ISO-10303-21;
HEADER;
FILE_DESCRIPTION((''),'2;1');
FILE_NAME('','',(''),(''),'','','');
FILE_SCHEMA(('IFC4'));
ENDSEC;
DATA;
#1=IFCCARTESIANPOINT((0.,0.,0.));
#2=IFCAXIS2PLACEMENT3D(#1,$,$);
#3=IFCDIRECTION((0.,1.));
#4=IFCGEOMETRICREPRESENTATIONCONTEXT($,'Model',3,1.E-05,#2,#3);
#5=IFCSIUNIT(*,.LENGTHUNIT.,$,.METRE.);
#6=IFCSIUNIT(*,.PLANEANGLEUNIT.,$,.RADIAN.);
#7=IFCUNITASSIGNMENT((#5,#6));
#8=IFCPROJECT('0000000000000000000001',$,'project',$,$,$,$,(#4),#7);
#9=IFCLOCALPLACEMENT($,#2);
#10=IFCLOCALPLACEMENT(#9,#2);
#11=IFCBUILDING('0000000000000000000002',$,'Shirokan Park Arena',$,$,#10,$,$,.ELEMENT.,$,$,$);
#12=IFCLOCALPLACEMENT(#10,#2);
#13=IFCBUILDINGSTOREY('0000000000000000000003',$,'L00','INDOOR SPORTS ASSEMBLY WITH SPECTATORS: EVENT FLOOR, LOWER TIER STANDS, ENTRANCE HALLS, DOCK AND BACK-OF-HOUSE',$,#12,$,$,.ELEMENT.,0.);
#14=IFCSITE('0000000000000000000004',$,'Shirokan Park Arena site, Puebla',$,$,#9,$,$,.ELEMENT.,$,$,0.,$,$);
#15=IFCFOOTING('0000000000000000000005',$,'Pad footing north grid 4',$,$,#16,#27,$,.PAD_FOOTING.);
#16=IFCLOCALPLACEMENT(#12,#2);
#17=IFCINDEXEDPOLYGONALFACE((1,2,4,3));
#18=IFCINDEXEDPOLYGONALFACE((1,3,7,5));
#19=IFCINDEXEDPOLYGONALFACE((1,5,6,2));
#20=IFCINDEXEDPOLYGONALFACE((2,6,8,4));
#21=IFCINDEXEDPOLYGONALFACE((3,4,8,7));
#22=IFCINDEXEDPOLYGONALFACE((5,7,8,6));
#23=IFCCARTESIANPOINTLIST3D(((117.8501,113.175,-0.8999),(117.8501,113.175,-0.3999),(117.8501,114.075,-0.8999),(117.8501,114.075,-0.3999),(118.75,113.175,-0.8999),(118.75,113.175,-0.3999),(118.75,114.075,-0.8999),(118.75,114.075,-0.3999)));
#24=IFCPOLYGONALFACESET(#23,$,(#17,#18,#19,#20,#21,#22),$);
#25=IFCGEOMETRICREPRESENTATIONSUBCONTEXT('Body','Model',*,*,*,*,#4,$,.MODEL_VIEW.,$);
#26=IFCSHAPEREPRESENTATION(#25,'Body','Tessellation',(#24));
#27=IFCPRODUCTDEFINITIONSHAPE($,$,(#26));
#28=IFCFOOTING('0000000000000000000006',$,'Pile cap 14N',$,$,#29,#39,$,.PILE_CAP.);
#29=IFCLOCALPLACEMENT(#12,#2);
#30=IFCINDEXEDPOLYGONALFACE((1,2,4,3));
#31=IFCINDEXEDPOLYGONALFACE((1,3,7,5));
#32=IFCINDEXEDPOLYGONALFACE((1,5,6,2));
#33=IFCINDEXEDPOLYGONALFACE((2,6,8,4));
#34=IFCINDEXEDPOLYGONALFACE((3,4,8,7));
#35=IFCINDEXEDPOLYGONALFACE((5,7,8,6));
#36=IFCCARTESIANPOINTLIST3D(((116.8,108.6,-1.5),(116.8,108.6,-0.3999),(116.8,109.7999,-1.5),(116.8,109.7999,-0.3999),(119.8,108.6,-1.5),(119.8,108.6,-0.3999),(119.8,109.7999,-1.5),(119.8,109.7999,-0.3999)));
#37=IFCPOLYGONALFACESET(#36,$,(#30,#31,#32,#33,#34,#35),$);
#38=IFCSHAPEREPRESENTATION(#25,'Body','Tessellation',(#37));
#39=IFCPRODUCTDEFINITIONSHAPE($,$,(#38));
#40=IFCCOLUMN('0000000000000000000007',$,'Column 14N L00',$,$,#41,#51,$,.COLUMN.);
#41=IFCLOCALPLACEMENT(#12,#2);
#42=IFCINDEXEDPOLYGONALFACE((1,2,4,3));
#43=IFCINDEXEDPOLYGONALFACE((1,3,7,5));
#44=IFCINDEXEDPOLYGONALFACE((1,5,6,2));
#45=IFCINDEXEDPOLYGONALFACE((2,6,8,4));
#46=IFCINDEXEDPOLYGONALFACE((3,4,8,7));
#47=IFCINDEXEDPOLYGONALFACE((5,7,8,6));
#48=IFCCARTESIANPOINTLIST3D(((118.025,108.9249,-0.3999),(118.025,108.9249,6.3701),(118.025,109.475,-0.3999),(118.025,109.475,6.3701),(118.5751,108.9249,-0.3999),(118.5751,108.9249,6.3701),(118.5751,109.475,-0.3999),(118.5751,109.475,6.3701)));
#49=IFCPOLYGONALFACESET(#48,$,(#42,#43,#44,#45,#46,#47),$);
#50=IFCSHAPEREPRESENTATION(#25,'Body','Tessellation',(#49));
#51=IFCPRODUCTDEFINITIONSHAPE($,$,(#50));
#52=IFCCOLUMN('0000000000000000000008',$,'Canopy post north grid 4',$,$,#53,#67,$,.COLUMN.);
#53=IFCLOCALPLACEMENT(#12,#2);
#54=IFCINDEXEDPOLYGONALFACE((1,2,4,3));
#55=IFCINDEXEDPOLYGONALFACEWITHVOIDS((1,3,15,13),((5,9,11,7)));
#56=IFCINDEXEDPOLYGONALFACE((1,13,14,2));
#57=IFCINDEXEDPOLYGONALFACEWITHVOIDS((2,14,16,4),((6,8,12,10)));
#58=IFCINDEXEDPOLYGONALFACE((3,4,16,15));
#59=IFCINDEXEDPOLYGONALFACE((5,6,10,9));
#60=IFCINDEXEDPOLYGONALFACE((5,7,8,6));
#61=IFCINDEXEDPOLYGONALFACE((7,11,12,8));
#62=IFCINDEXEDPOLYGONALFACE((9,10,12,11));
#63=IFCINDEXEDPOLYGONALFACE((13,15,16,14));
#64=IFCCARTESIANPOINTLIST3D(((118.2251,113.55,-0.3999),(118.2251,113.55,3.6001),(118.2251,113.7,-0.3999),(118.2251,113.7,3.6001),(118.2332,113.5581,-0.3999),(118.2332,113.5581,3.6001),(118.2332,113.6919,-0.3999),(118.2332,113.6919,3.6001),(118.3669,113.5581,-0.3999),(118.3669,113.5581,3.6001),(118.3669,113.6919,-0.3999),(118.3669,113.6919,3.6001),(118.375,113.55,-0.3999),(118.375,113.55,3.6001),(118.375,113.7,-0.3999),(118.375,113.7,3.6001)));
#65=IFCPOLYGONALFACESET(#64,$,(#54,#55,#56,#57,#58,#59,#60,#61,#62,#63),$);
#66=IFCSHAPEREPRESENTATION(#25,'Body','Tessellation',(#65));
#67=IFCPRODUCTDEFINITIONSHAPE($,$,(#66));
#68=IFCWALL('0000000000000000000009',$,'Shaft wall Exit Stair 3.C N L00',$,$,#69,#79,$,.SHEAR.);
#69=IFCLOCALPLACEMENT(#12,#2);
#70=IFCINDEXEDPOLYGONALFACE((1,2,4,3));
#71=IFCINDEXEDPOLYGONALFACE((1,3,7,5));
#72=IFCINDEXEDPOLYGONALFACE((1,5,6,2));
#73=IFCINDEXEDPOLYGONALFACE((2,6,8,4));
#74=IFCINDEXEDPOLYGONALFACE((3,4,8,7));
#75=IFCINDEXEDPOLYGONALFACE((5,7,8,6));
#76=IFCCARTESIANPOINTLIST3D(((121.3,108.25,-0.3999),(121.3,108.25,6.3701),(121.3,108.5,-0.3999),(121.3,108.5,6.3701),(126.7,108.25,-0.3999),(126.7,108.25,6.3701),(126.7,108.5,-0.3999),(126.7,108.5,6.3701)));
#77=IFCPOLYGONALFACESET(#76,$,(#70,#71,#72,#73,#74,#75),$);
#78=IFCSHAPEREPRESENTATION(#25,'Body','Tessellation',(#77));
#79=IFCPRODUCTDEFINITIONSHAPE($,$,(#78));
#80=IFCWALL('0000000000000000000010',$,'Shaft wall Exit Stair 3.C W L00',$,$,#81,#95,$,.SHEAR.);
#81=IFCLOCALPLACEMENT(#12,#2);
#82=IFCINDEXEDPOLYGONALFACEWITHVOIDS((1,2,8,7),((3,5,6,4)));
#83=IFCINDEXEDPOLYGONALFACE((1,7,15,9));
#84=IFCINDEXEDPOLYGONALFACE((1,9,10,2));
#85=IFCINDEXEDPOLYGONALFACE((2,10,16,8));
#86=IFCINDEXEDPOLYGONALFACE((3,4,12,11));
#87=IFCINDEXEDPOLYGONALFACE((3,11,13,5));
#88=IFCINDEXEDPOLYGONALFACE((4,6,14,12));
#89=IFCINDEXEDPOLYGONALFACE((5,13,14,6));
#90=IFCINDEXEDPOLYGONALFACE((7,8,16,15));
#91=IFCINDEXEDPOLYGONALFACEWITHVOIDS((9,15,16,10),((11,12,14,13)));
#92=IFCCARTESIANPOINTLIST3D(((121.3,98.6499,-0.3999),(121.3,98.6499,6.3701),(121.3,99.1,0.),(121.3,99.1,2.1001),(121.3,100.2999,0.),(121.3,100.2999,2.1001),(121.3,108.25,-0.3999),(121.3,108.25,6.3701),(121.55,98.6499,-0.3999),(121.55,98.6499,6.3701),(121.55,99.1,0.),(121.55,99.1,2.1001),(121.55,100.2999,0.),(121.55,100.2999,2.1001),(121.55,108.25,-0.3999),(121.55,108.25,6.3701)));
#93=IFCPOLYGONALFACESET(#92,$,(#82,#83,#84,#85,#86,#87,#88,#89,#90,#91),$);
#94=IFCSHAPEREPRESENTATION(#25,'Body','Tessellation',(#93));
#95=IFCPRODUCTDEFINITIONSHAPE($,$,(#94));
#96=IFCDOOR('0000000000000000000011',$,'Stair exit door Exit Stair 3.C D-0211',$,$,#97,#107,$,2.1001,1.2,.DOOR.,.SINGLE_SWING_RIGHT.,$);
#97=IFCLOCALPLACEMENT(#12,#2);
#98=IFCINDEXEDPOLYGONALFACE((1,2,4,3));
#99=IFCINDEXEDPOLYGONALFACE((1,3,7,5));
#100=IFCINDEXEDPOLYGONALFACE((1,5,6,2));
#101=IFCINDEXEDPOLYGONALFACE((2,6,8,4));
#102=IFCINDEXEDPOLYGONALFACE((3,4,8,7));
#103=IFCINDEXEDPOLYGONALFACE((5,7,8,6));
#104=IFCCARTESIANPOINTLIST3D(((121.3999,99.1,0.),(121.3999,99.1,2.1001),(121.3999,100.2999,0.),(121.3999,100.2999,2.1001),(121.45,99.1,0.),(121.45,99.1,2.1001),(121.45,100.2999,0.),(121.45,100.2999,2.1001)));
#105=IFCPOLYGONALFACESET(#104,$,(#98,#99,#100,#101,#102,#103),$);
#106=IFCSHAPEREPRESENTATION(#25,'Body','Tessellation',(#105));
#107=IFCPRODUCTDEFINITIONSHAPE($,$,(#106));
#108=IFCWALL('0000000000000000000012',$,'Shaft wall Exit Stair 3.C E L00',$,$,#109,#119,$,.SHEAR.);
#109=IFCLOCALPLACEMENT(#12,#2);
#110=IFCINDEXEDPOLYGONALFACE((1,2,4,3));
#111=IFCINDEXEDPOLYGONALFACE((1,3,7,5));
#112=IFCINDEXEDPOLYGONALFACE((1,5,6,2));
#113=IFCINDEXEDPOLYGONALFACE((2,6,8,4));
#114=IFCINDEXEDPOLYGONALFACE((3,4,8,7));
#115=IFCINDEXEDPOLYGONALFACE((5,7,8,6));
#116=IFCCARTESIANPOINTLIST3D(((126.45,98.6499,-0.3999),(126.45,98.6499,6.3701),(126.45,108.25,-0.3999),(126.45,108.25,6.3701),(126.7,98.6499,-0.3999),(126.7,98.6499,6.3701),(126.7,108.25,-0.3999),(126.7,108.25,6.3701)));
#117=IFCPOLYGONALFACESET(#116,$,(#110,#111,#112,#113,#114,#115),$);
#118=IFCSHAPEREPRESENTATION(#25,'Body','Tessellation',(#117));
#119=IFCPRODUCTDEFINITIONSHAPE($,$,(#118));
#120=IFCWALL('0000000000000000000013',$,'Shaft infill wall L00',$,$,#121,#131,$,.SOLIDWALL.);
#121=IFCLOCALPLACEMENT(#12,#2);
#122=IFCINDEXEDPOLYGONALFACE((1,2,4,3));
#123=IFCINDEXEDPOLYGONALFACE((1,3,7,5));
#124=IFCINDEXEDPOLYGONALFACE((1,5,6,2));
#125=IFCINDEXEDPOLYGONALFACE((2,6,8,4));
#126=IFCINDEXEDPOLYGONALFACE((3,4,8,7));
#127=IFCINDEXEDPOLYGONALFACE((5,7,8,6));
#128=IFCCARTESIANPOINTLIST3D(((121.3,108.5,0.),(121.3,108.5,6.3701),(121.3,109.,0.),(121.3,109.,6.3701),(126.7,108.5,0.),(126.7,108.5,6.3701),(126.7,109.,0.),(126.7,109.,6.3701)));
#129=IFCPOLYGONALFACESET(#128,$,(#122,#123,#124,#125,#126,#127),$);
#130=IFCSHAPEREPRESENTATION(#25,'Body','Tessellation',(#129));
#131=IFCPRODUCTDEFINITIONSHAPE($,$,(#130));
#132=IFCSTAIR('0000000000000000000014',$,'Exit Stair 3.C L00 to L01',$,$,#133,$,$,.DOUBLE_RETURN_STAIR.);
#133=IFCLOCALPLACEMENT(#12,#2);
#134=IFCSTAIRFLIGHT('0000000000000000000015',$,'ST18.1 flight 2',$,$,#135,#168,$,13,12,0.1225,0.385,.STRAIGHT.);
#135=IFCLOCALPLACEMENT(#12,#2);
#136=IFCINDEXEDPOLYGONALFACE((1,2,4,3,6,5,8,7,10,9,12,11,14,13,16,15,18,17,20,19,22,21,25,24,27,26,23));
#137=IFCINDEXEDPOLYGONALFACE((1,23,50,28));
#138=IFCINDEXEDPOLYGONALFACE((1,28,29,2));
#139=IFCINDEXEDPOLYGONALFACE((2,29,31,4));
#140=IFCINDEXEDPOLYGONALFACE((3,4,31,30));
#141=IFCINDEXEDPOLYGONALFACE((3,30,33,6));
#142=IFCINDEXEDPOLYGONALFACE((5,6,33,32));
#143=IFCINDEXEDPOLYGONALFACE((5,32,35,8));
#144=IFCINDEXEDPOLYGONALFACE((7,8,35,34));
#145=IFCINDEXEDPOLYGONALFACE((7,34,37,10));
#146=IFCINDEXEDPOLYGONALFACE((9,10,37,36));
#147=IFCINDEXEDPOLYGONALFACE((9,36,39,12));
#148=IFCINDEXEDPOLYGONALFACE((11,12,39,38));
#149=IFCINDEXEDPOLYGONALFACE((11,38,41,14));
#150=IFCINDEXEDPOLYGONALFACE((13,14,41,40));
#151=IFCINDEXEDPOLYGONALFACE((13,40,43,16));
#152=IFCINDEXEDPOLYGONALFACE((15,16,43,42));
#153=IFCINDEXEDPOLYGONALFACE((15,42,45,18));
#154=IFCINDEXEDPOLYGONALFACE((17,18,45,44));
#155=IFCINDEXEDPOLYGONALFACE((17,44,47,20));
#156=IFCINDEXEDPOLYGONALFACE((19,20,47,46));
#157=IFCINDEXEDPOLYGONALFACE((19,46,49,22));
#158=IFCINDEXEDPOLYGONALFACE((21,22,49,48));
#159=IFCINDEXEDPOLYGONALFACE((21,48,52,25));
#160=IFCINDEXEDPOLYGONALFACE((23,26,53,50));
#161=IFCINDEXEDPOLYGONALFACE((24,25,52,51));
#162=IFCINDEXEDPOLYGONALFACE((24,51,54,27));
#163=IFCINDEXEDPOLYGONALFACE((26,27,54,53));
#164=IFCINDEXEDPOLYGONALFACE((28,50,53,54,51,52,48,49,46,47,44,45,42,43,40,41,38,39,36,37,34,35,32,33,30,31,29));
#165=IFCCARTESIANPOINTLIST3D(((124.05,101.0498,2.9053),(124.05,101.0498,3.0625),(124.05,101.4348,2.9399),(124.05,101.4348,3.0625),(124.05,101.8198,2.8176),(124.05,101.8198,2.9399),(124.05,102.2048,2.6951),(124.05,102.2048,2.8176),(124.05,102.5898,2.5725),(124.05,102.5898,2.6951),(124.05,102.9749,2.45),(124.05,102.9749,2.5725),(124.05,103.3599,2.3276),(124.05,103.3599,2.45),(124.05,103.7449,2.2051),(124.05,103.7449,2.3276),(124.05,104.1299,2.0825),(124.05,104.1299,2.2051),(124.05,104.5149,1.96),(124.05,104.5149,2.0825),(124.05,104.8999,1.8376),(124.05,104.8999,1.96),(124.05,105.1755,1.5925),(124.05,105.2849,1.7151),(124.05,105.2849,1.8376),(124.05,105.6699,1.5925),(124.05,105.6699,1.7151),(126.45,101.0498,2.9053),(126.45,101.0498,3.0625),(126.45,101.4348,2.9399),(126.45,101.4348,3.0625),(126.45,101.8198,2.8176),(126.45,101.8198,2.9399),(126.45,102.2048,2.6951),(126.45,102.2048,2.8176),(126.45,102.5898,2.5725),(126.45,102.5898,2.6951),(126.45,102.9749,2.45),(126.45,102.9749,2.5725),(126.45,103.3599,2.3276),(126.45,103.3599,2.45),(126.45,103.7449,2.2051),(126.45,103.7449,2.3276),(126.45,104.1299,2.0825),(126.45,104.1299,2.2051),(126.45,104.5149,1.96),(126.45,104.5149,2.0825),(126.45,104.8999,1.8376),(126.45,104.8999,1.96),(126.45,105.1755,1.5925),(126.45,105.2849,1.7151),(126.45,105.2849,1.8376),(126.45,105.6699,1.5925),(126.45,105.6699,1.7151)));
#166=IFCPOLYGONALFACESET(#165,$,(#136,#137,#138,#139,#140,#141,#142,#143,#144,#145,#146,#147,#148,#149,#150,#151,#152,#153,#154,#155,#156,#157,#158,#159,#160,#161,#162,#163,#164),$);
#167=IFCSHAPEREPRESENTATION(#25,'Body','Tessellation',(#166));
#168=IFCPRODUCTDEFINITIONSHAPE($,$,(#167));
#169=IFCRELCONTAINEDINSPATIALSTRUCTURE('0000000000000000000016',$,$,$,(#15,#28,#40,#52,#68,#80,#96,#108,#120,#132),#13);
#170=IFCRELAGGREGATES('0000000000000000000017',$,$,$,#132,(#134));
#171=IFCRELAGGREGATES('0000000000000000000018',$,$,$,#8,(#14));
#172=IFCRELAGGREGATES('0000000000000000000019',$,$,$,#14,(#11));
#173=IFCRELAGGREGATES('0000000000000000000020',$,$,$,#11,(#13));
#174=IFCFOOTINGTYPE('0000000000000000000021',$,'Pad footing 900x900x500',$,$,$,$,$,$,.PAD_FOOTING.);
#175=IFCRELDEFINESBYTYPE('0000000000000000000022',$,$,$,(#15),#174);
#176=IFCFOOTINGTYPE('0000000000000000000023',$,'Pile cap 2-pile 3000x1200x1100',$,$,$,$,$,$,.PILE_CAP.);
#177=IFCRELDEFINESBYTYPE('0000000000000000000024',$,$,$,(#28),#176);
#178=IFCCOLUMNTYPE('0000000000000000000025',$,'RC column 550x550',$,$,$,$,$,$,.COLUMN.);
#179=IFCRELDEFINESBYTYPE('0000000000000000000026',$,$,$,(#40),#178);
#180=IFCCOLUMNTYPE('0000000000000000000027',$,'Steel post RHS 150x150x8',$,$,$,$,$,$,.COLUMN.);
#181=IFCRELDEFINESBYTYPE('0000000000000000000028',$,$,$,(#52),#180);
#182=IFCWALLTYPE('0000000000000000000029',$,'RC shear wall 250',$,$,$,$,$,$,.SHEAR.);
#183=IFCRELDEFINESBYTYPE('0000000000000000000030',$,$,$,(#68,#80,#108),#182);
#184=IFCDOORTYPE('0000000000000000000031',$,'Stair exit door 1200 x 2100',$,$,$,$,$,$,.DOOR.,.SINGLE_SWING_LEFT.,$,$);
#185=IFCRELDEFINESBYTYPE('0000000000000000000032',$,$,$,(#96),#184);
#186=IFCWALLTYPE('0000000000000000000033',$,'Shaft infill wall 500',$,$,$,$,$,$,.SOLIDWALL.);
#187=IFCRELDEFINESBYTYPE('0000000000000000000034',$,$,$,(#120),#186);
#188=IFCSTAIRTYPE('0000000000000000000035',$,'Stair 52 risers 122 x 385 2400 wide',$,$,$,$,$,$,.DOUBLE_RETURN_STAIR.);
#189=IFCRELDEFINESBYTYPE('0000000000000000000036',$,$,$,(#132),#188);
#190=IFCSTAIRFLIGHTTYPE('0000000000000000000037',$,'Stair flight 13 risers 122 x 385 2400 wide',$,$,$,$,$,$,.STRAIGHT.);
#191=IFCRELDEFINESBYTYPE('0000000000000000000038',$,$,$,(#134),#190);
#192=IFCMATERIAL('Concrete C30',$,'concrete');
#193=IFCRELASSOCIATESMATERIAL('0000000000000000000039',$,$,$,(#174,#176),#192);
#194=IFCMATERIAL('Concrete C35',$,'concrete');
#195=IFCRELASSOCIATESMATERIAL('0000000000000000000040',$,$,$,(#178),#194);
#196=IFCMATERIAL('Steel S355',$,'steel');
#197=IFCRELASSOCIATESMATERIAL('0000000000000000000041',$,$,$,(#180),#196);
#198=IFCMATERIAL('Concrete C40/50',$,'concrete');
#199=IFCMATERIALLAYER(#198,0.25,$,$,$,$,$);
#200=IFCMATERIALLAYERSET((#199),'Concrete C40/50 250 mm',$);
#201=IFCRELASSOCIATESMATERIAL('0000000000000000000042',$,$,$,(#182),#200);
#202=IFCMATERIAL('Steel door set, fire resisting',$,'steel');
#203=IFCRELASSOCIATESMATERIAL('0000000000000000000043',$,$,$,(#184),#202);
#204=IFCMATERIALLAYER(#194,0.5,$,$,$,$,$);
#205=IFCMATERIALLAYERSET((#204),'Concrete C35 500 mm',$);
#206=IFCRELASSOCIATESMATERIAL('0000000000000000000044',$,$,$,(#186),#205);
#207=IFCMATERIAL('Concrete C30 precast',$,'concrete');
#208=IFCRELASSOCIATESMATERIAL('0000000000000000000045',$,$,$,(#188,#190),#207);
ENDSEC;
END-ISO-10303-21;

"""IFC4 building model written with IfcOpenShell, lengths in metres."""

from ifc_helpers import new_model, si_unit, direction, frame, frame_2d, origin, origin_2d, place, context, subcontext, project, spatial, polyline, rectangle, hollow_rectangle, outline, extrude, material, layer, layer_set, material_profile, profile_set, type_object, element, fill, aggregate, save


model = new_model("IFC4")

# Units and contexts
model_context = context("Model", 3, precision=1e-05, world=origin(), true_north=direction((0.0, 1.0)))
body_context = subcontext(model_context, "Body", "Model", "MODEL_VIEW")
ifc_project = project(units=[si_unit("LENGTHUNIT", "METRE"), si_unit("PLANEANGLEUNIT", "RADIAN")], contexts=[model_context])

# Site, building, storey
site_placement = place(None, origin())
site = spatial("IfcSite", under=ifc_project, at=site_placement, Name="Shirokan Park Arena site, Puebla", CompositionType="ELEMENT", RefElevation=0.0)
building_placement = place(site_placement, origin())
building = spatial("IfcBuilding", under=site, at=building_placement, Name="Shirokan Park Arena", CompositionType="ELEMENT")
storey_placement = place(building_placement, origin())
storey = spatial("IfcBuildingStorey", under=building, at=storey_placement, Name="L00", Description="INDOOR SPORTS ASSEMBLY WITH SPECTATORS: EVENT FLOOR, LOWER TIER STANDS, ENTRANCE HALLS, DOCK AND BACK-OF-HOUSE", CompositionType="ELEMENT", Elevation=0.0)

# Shared definitions
ifc_material_1 = material(Name="Concrete C30", Category="concrete")

# Footings
footing_type_1 = type_object("IfcFootingType", Name="Pad footing 900x900x500", PredefinedType="PAD_FOOTING", material=ifc_material_1)
footing_1_placement = place(storey_placement, frame((118.3, 113.625, -0.8999), z_axis=(0.0, 0.0, 1.0), x_axis=(1.0, 0.0, 0.0)))
element("IfcFooting", 1, at=footing_1_placement, inside=storey, type_object=footing_type_1, Name="Pad footing north grid 4", PredefinedType="PAD_FOOTING", context=body_context, shape_type="SweptSolid", body=[
    extrude(rectangle(XDim=0.8999, YDim=0.8999, at=origin_2d()), origin(), (0.0, 0.0, 1.0), 0.5),
])
footing_type_2 = type_object("IfcFootingType", Name="Pile cap 2-pile 3000x1200x1100", PredefinedType="PILE_CAP", material=ifc_material_1)
footing_2_placement = place(storey_placement, frame((118.3, 109.2, -1.5), z_axis=(0.0, 0.0, 1.0), x_axis=(1.0, 0.0, 0.0)))
element("IfcFooting", 2, at=footing_2_placement, inside=storey, type_object=footing_type_2, Name="Pile cap 14N", PredefinedType="PILE_CAP", context=body_context, shape_type="SweptSolid", body=[
    extrude(rectangle(XDim=3.0, YDim=1.2, at=origin_2d()), origin(), (0.0, 0.0, 1.0), 1.1001),
])

# Columns
ifc_material_2 = material(Name="Concrete C35", Category="concrete")
ifc_material_profile_1 = material_profile(ifc_material_2, rectangle(XDim=0.55, YDim=0.55, at=origin_2d()), Name="550x550")
ifc_profile_set_1 = profile_set([ifc_material_profile_1], Name="Concrete C35")
column_type_1 = type_object("IfcColumnType", Name="RC column 550x550", PredefinedType="COLUMN", material=ifc_profile_set_1)
column_1_placement = place(storey_placement, frame((118.3, 109.2, -0.3999), z_axis=(0.0, 0.0, 1.0), x_axis=(1.0, 0.0, 0.0)))
element("IfcColumn", 3, at=column_1_placement, inside=storey, type_object=column_type_1, Name="Column 14N L00", PredefinedType="COLUMN", context=body_context, shape_type="SweptSolid", body=[
    extrude(rectangle(XDim=0.55, YDim=0.55, at=origin_2d()), origin(), (0.0, 0.0, 1.0), 6.77),
])
ifc_material_3 = material(Name="Steel S355", Category="steel")
ifc_material_profile_2 = material_profile(ifc_material_3, hollow_rectangle(XDim=0.1499, YDim=0.1499, WallThickness=0.0081, at=origin_2d()), Name="RHS 150x150x8")
ifc_profile_set_2 = profile_set([ifc_material_profile_2], Name="Steel S355")
column_type_2 = type_object("IfcColumnType", Name="Steel post RHS 150x150x8", PredefinedType="COLUMN", material=ifc_profile_set_2)
column_2_placement = place(storey_placement, frame((118.3, 113.625, -0.3999), z_axis=(0.0, 0.0, 1.0), x_axis=(1.0, 0.0, 0.0)))
element("IfcColumn", 4, at=column_2_placement, inside=storey, type_object=column_type_2, Name="Canopy post north grid 4", PredefinedType="COLUMN", context=body_context, shape_type="SweptSolid", body=[
    extrude(hollow_rectangle(XDim=0.1499, YDim=0.1499, WallThickness=0.0081, at=origin_2d()), origin(), (0.0, 0.0, 1.0), 4.0),
])

# Wall
ifc_material_4 = material(Name="Concrete C40/50", Category="concrete")
ifc_layer_1 = layer(ifc_material_4, 0.25)
ifc_layer_set_1 = layer_set([ifc_layer_1], Name="Concrete C40/50 250 mm")
wall_type_1 = type_object("IfcWallType", Name="RC shear wall 250", PredefinedType="SHEAR", material=ifc_layer_set_1)
wall_1_placement = place(storey_placement, frame((126.7, 108.375, -0.3999), z_axis=(0.0, 0.0, 1.0), x_axis=(-1.0, 0.0, 0.0)))
element("IfcWall", 5, at=wall_1_placement, inside=storey, type_object=wall_type_1, Name="Shaft wall Exit Stair 3.C N L00", PredefinedType="SHEAR", context=body_context, shape_type="SweptSolid", body=[
    extrude(rectangle(XDim=5.3999, YDim=0.25, at=frame_2d((2.7, 0.0))), origin(), (0.0, 0.0, 1.0), 6.77),
])

# Wall, opening, door
wall_2_placement = place(storey_placement, frame((121.425, 108.25, -0.3999), z_axis=(0.0, 0.0, 1.0), x_axis=(0.0, -1.0, 0.0)))
wall_2 = element("IfcWall", 6, at=wall_2_placement, inside=storey, type_object=wall_type_1, Name="Shaft wall Exit Stair 3.C W L00", PredefinedType="SHEAR", context=body_context, shape_type="SweptSolid", body=[
    extrude(rectangle(XDim=9.6001, YDim=0.25, at=frame_2d((4.8, 0.0))), origin(), (0.0, 0.0, 1.0), 6.77),
])
opening_placement = place(wall_2_placement, frame((7.95, 0.0, 0.3999)))
opening = element("IfcOpeningElement", 7, at=opening_placement, cuts=wall_2, PredefinedType="OPENING", context=body_context, shape_type="SweptSolid", body=[
    extrude(rectangle(XDim=1.2, YDim=2.1001, at=frame_2d((0.6001, 1.05))), frame((0.0, 0.135, 0.0), z_axis=(0.0, -1.0, 0.0), x_axis=(1.0, 0.0, 0.0)), (0.0, 0.0, 1.0), 0.27),
])
ifc_material_5 = material(Name="Steel door set, fire resisting", Category="steel")
door_type = type_object("IfcDoorType", Name="Stair exit door 1200 x 2100", OperationType="SINGLE_SWING_LEFT", PredefinedType="DOOR", material=ifc_material_5)
door_placement = place(opening_placement, origin())
door = element("IfcDoor", 8, at=door_placement, inside=storey, type_object=door_type, Name="Stair exit door Exit Stair 3.C D-0211", OperationType="SINGLE_SWING_RIGHT", OverallHeight=2.1001, OverallWidth=1.2, PredefinedType="DOOR", context=body_context, shape_type="SweptSolid", body=[
    extrude(rectangle(XDim=1.2, YDim=2.1001, at=frame_2d((0.6001, 1.05))), frame((0.0, 0.0249, 0.0), z_axis=(0.0, -1.0, 0.0), x_axis=(1.0, 0.0, 0.0)), (0.0, 0.0, 1.0), 0.05),
])
fill(opening, door)

# Walls
wall_3_placement = place(storey_placement, frame((126.575, 108.25, -0.3999), z_axis=(0.0, 0.0, 1.0), x_axis=(0.0, -1.0, 0.0)))
element("IfcWall", 9, at=wall_3_placement, inside=storey, type_object=wall_type_1, Name="Shaft wall Exit Stair 3.C E L00", PredefinedType="SHEAR", context=body_context, shape_type="SweptSolid", body=[
    extrude(rectangle(XDim=9.6001, YDim=0.25, at=frame_2d((4.8, 0.0))), origin(), (0.0, 0.0, 1.0), 6.77),
])
ifc_layer_2 = layer(ifc_material_2, 0.5)
ifc_layer_set_2 = layer_set([ifc_layer_2], Name="Concrete C35 500 mm")
wall_type_2 = type_object("IfcWallType", Name="Shaft infill wall 500", PredefinedType="SOLIDWALL", material=ifc_layer_set_2)
wall_4_placement = place(storey_placement, frame((121.3, 108.75, 0.0), z_axis=(0.0, 0.0, 1.0), x_axis=(1.0, 0.0, 0.0)))
element("IfcWall", 10, at=wall_4_placement, inside=storey, type_object=wall_type_2, Name="Shaft infill wall L00", PredefinedType="SOLIDWALL", context=body_context, shape_type="SweptSolid", body=[
    extrude(rectangle(XDim=5.3999, YDim=0.5, at=frame_2d((2.7, 0.0))), origin(), (0.0, 0.0, 1.0), 6.3701),
])

# Stair, stair flight
ifc_material_6 = material(Name="Concrete C30 precast", Category="concrete")
stair_type = type_object("IfcStairType", Name="Stair 52 risers 122 x 385 2400 wide", PredefinedType="DOUBLE_RETURN_STAIR", material=ifc_material_6)
stair_placement = place(storey_placement, origin())
stair = element("IfcStair", 11, at=stair_placement, inside=storey, type_object=stair_type, Name="Exit Stair 3.C L00 to L01", PredefinedType="DOUBLE_RETURN_STAIR")
stair_flight_type = type_object("IfcStairFlightType", Name="Stair flight 13 risers 122 x 385 2400 wide", PredefinedType="STRAIGHT", material=ifc_material_6)
stair_flight_1_placement = place(storey_placement, frame((125.25, 105.6699, 1.5925), z_axis=(0.0, 0.0, 1.0), x_axis=(0.0, -1.0, 0.0)))
stair_flight_1 = element("IfcStairFlight", 12, at=stair_flight_1_placement, type_object=stair_flight_type, Name="ST18.1 flight 2", NumberOfRisers=13, NumberOfTreads=12, PredefinedType="STRAIGHT", RiserHeight=0.1225, TreadLength=0.385, context=body_context, shape_type="SweptSolid", body=[
    extrude(outline(polyline([(0.0, 0.0), (0.0, 0.1226), (0.385, 0.1226), (0.385, 0.2451), (0.77, 0.2451), (0.77, 0.3674), (1.155, 0.3674), (1.155, 0.49), (1.54, 0.49), (1.54, 0.6125), (1.925, 0.6125), (1.925, 0.7351), (2.3101, 0.7351), (2.3101, 0.8574), (2.6951, 0.8574), (2.6951, 0.98), (3.0801, 0.98), (3.0801, 1.1025), (3.4651, 1.1025), (3.4651, 1.2251), (3.8501, 1.2251), (3.8501, 1.3474), (4.2351, 1.3474), (4.2351, 1.47), (4.6201, 1.47), (4.6201, 1.5925), (4.6201, 1.3127), (0.4944, 0.0), (0.0, 0.0)])), frame((0.0, 1.2, 0.0), z_axis=(0.0, -1.0, 0.0), x_axis=(1.0, 0.0, 0.0)), (0.0, 0.0, 1.0), 2.3999),
])
aggregate(stair, [stair_flight_1])

save(model, "model.ifc")
